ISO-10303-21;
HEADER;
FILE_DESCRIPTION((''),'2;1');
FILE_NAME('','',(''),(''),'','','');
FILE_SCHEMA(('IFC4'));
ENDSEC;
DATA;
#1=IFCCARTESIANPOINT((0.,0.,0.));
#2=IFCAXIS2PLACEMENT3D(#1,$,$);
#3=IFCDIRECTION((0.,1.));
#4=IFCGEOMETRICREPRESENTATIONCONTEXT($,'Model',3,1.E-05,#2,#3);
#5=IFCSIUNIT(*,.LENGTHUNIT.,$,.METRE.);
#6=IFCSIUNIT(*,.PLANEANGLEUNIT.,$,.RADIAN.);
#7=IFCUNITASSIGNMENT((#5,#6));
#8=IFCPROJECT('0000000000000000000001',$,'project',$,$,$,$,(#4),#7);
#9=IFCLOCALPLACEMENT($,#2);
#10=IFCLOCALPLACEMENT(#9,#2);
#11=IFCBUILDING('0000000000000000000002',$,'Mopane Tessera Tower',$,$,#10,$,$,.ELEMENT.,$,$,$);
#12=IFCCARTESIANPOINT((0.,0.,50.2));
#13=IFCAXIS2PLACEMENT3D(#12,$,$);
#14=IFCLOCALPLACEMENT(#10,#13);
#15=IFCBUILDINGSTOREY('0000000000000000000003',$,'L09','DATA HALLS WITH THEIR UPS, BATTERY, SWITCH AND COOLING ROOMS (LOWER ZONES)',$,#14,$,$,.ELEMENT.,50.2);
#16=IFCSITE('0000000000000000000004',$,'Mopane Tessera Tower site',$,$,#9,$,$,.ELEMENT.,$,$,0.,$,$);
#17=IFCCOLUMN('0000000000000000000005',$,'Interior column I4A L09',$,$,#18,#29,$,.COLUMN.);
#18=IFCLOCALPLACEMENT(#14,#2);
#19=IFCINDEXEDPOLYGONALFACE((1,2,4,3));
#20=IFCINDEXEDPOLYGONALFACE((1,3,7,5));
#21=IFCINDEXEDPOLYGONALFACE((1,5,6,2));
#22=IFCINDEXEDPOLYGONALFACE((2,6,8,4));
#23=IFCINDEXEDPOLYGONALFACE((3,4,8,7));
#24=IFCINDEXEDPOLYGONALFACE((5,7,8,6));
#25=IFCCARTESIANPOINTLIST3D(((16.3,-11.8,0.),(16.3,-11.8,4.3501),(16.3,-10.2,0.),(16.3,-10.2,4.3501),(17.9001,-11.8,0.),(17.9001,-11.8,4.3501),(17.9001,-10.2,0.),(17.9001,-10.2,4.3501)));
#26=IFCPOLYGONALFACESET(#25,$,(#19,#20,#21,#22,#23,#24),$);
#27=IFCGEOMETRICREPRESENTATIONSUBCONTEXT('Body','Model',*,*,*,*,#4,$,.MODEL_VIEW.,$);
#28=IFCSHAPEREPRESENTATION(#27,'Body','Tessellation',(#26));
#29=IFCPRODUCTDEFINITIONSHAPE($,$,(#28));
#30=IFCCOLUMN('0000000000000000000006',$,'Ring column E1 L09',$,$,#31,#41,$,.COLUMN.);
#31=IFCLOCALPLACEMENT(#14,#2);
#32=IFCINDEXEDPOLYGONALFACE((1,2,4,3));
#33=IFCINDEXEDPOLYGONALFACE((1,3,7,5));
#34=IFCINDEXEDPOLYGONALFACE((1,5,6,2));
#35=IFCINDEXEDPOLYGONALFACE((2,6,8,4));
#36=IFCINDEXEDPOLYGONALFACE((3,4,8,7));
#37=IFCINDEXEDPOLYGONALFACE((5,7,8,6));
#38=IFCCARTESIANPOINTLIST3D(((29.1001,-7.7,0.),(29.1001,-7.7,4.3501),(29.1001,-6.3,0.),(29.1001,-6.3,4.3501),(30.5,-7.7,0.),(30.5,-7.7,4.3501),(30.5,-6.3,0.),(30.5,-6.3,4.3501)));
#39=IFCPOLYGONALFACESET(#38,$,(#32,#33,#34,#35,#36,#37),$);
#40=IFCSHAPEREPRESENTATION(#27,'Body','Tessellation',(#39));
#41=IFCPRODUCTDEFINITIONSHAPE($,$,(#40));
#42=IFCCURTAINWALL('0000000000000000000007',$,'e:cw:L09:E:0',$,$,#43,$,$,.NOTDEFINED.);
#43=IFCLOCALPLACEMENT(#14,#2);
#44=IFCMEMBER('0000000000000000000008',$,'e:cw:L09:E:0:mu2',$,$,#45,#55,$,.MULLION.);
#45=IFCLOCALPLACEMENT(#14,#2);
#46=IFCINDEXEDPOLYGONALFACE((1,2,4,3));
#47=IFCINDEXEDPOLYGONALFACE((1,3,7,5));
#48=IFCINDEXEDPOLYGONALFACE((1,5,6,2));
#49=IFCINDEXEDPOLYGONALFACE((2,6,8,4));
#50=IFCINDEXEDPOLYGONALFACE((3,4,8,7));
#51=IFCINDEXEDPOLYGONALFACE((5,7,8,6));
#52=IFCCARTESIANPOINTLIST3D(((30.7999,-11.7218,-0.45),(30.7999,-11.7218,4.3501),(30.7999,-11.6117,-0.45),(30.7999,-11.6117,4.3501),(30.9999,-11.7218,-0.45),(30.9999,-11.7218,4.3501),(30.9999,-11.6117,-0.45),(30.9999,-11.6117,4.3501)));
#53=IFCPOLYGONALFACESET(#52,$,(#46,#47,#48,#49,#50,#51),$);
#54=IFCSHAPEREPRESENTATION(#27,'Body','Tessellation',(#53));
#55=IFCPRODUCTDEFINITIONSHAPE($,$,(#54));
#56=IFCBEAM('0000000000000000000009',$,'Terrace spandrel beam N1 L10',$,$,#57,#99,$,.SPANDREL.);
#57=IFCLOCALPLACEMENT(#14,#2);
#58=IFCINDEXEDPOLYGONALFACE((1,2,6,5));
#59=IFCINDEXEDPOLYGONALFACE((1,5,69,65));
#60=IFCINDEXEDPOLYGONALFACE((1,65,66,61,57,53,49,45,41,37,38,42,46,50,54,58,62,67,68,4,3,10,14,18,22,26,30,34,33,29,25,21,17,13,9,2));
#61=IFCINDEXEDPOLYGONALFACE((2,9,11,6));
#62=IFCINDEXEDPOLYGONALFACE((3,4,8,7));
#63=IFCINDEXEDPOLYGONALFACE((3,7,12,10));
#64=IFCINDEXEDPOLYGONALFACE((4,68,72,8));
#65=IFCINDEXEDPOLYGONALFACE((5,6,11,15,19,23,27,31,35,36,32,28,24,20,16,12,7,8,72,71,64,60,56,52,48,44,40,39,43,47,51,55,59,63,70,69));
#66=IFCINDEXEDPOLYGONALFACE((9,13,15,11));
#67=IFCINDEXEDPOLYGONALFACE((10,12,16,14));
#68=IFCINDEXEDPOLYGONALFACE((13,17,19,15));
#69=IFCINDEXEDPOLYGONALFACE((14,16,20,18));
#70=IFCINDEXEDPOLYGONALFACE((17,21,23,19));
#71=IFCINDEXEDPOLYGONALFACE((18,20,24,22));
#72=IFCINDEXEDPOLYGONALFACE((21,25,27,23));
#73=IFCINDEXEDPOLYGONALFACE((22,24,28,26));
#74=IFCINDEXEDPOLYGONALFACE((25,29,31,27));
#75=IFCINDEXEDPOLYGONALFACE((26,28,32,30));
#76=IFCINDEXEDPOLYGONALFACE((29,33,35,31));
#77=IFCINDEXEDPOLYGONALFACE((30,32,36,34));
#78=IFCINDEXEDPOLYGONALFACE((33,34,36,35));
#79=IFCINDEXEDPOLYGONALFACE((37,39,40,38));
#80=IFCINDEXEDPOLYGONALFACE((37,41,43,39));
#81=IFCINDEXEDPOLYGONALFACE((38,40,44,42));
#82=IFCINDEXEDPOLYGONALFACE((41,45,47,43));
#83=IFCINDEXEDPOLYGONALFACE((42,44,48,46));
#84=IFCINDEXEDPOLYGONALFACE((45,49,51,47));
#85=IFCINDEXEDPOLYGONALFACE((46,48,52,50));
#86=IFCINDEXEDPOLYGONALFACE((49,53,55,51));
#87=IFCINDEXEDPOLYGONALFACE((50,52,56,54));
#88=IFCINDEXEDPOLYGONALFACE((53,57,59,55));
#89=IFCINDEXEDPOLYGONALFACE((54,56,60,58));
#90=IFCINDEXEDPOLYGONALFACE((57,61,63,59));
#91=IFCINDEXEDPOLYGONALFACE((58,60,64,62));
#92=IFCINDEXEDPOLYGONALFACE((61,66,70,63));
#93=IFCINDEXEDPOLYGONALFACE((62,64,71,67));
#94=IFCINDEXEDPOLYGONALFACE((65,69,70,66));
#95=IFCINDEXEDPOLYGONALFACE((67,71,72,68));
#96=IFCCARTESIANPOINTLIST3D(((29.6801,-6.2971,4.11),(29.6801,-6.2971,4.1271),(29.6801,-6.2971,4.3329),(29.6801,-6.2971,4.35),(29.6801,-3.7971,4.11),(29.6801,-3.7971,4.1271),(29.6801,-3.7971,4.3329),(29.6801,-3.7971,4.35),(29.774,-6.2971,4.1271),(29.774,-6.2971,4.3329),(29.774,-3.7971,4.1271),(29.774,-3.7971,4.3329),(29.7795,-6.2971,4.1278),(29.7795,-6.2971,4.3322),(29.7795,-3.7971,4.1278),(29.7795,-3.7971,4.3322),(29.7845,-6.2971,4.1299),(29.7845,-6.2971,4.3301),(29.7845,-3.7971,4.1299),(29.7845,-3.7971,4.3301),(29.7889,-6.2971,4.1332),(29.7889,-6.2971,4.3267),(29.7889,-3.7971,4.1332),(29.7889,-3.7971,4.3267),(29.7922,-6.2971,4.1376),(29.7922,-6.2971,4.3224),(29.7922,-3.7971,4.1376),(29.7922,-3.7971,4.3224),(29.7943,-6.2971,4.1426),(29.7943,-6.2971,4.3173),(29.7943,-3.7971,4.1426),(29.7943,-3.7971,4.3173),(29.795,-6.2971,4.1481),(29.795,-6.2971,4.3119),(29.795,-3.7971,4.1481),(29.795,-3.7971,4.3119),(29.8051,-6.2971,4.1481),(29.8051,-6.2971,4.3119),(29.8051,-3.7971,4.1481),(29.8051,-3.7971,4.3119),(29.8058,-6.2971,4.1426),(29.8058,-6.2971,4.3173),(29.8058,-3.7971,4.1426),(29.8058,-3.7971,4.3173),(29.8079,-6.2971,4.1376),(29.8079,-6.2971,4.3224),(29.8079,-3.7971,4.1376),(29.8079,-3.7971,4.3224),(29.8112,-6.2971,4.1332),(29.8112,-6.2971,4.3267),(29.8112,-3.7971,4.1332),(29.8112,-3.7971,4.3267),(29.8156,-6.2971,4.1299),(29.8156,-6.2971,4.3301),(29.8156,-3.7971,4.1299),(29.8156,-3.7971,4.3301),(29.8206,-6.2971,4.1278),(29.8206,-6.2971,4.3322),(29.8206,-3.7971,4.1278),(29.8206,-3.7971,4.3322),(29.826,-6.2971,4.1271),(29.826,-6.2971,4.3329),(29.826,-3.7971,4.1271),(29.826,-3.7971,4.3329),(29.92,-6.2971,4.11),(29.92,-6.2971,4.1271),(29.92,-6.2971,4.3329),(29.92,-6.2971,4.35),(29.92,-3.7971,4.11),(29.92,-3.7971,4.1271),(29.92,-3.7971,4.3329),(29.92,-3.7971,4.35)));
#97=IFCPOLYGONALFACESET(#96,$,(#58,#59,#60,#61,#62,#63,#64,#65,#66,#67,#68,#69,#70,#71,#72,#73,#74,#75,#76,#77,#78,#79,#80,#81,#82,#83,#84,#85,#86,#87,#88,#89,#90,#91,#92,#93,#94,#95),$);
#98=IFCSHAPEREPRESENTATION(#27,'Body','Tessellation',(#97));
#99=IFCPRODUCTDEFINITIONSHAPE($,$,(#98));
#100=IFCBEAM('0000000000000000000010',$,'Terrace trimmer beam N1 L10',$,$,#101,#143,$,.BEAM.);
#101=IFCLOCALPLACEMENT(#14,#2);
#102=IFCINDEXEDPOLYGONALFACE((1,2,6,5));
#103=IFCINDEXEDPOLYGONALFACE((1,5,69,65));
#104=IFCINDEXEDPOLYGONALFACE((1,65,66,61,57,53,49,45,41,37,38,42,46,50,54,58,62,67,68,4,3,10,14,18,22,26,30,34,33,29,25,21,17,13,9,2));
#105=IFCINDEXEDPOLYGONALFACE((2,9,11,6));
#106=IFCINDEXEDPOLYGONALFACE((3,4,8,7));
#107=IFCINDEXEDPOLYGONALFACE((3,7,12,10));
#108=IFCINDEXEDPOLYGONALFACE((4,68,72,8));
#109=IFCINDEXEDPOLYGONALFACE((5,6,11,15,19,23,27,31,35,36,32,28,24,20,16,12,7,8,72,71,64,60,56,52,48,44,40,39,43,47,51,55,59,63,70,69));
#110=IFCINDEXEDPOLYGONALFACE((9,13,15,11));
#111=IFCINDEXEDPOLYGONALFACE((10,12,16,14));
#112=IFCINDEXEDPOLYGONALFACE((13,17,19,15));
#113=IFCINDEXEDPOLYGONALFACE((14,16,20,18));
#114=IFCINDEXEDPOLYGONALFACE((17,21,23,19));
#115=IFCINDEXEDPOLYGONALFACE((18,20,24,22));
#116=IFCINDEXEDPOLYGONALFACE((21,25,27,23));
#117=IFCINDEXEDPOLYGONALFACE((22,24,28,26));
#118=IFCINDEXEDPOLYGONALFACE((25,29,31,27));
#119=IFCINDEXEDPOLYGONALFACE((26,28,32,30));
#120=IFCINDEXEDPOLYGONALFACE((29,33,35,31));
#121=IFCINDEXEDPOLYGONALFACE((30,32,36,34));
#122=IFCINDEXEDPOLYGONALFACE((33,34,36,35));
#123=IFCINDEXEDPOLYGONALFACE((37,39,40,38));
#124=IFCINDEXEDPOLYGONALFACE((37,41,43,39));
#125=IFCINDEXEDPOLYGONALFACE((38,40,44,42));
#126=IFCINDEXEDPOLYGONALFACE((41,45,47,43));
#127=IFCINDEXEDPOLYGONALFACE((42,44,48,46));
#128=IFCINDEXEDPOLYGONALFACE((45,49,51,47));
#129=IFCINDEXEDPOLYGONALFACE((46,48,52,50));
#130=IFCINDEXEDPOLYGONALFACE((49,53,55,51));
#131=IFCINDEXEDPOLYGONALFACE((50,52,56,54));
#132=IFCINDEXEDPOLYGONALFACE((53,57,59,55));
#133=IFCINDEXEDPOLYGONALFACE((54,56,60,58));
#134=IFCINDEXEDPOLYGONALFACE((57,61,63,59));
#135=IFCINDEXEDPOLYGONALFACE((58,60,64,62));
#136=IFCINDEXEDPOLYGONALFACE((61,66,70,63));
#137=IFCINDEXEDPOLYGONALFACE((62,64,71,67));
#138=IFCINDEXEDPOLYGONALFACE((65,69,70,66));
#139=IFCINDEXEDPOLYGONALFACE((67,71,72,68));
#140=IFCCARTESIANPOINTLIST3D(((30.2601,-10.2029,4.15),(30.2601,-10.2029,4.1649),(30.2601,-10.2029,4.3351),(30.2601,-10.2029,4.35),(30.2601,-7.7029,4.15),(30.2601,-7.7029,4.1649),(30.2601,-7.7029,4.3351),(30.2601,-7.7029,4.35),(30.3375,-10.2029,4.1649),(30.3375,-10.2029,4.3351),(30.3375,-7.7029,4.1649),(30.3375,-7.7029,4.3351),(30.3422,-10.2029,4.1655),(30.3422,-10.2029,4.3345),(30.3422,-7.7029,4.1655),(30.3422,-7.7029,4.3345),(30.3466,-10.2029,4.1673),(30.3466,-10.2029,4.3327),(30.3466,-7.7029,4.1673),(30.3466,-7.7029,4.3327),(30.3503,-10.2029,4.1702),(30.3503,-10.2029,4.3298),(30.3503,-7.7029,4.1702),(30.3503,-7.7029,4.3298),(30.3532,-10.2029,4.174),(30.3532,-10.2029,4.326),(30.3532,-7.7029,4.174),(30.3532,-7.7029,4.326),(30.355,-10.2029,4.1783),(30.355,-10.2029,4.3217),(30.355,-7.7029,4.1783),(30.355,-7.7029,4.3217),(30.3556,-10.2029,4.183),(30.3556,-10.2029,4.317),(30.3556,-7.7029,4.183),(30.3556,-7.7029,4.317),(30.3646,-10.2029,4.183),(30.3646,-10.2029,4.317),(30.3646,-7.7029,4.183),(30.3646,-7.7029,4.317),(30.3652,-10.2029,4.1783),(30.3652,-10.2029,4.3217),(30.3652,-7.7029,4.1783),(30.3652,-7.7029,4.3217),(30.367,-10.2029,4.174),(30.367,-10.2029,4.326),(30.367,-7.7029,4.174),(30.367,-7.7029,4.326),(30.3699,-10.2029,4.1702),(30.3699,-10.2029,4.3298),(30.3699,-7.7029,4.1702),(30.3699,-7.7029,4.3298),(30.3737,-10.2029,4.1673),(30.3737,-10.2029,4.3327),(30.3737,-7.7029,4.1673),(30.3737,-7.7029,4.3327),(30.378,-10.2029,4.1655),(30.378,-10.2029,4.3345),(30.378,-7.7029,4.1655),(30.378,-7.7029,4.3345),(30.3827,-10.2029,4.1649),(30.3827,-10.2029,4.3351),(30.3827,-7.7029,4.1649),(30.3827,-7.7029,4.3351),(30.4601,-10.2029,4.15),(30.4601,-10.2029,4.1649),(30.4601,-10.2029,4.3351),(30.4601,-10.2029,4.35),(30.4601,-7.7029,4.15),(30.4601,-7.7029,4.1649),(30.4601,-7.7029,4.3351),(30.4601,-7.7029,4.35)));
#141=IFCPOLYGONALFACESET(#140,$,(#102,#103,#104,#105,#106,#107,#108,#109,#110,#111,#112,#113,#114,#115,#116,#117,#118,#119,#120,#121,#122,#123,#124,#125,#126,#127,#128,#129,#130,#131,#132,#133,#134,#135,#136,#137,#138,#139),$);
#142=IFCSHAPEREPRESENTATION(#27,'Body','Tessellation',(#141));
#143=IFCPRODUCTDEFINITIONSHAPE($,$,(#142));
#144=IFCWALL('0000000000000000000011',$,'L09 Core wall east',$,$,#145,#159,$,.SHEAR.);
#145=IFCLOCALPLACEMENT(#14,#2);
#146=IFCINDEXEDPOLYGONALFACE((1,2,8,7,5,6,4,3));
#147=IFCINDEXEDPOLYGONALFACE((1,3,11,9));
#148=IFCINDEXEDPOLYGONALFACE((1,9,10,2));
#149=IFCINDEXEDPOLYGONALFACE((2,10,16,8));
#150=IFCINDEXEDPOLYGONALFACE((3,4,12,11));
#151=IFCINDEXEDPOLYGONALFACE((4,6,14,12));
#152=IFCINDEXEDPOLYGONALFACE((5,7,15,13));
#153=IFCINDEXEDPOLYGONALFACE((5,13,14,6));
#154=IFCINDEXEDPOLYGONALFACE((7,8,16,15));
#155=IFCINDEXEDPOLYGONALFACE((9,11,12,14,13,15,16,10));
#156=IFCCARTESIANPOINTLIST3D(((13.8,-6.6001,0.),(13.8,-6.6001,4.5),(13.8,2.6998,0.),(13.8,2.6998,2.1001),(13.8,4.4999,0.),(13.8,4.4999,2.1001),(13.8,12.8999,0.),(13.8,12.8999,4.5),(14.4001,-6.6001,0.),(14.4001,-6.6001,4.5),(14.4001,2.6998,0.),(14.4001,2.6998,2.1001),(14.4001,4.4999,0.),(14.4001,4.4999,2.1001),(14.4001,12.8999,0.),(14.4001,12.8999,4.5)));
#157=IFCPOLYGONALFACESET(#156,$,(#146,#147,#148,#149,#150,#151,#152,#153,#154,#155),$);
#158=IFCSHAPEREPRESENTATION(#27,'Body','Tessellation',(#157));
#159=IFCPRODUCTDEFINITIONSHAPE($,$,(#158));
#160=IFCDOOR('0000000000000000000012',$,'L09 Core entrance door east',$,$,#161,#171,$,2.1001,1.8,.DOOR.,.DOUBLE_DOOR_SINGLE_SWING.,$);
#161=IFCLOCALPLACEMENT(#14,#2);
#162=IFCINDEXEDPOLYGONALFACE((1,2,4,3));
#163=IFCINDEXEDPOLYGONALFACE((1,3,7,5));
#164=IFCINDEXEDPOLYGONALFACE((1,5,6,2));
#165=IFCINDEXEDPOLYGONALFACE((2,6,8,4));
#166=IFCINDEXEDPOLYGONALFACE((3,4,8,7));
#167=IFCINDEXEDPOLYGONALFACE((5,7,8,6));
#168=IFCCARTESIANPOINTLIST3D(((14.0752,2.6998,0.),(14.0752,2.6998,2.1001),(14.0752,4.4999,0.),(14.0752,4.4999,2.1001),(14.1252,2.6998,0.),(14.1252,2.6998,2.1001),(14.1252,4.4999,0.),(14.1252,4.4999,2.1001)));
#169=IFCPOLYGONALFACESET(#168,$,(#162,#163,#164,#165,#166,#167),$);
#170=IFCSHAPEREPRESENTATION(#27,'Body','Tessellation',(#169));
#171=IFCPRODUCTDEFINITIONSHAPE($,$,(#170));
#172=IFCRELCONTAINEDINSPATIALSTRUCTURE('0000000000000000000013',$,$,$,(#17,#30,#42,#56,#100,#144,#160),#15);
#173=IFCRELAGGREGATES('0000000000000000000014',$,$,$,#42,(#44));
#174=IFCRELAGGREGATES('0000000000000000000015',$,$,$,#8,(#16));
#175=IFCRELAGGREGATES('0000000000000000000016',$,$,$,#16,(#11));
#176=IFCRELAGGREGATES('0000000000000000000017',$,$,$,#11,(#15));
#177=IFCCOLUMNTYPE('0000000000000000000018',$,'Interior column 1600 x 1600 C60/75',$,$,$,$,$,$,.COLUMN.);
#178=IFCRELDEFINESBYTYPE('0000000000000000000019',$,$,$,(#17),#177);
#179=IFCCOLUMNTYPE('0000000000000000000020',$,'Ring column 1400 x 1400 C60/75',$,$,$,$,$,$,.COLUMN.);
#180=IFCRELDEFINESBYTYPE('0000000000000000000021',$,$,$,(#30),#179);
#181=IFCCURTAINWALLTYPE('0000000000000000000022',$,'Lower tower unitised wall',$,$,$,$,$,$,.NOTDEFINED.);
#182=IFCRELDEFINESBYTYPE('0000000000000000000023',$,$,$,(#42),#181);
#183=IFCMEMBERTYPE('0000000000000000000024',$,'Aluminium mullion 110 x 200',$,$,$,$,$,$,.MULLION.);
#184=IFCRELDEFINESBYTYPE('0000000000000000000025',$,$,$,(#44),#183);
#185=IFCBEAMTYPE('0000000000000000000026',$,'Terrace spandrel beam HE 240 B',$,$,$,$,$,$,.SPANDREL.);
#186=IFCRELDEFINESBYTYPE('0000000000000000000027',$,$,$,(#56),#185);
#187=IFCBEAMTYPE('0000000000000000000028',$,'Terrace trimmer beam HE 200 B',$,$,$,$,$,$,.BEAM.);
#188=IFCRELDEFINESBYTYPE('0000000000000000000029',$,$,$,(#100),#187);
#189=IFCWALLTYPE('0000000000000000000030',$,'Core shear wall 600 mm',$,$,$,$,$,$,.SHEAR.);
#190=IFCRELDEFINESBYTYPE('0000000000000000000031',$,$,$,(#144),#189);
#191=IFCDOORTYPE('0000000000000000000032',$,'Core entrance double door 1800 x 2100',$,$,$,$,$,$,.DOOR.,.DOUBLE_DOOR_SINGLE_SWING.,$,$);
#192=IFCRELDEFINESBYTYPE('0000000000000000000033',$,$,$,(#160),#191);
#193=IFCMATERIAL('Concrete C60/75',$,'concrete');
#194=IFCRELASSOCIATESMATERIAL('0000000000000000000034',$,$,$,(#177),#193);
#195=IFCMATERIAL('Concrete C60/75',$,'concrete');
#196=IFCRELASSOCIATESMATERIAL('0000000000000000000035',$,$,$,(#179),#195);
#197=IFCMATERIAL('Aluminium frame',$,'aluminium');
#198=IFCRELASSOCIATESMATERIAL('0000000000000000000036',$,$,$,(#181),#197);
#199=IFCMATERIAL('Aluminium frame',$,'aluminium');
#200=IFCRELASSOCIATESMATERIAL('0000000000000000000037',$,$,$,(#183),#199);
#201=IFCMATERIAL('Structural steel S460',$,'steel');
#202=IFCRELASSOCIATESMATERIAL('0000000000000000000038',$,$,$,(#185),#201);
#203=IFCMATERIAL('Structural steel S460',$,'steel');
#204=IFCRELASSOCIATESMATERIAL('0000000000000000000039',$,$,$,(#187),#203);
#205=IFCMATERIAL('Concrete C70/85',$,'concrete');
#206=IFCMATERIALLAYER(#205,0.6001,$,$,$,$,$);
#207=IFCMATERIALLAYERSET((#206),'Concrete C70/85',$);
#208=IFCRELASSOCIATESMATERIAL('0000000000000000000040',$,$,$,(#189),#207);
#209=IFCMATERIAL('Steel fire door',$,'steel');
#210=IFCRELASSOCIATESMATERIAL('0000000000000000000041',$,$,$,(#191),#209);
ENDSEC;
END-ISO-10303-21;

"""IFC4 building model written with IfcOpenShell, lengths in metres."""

from ifc_helpers import new_model, si_unit, direction, frame, frame_2d, origin, origin_2d, place, context, subcontext, project, spatial, rectangle, i_section, extrude, material, layer, layer_set, material_profile, profile_set, type_object, element, fill, aggregate, save


model = new_model("IFC4")

# Units and contexts
model_context = context("Model", 3, precision=1e-05, world=origin(), true_north=direction((0.0, 1.0)))
body_context = subcontext(model_context, "Body", "Model", "MODEL_VIEW")
ifc_project = project(units=[si_unit("LENGTHUNIT", "METRE"), si_unit("PLANEANGLEUNIT", "RADIAN")], contexts=[model_context])

# Site, building, storey
site_placement = place(None, origin())
site = spatial("IfcSite", under=ifc_project, at=site_placement, Name="Mopane Tessera Tower site", CompositionType="ELEMENT", RefElevation=0.0)
building_placement = place(site_placement, origin())
building = spatial("IfcBuilding", under=site, at=building_placement, Name="Mopane Tessera Tower", CompositionType="ELEMENT")
storey_placement = place(building_placement, frame((0.0, 0.0, 50.2)))
storey = spatial("IfcBuildingStorey", under=building, at=storey_placement, Name="L09", Description="DATA HALLS WITH THEIR UPS, BATTERY, SWITCH AND COOLING ROOMS (LOWER ZONES)", CompositionType="ELEMENT", Elevation=50.2)

# Columns
ifc_material_1 = material(Name="Concrete C60/75", Category="concrete")
ifc_material_profile_1 = material_profile(ifc_material_1, rectangle(XDim=1.6001, YDim=1.6001, at=origin_2d()))
ifc_profile_set_1 = profile_set([ifc_material_profile_1], Name="Concrete C60/75")
column_type_1 = type_object("IfcColumnType", Name="Interior column 1600 x 1600 C60/75", PredefinedType="COLUMN", material=ifc_profile_set_1)
column_1_placement = place(storey_placement, frame((17.1001, -11.0, 0.0), z_axis=(0.0, 0.0, 1.0), x_axis=(1.0, 0.0, 0.0)))
element("IfcColumn", 1, at=column_1_placement, inside=storey, type_object=column_type_1, Name="Interior column I4A L09", PredefinedType="COLUMN", context=body_context, shape_type="SweptSolid", body=[
    extrude(rectangle(XDim=1.6001, YDim=1.6001, at=origin_2d()), origin(), (0.0, 0.0, 1.0), 4.3501),
])
ifc_material_2 = material(Name="Concrete C60/75", Category="concrete")
ifc_material_profile_2 = material_profile(ifc_material_2, rectangle(XDim=1.3999, YDim=1.3999, at=origin_2d()))
ifc_profile_set_2 = profile_set([ifc_material_profile_2], Name="Concrete C60/75")
column_type_2 = type_object("IfcColumnType", Name="Ring column 1400 x 1400 C60/75", PredefinedType="COLUMN", material=ifc_profile_set_2)
column_2_placement = place(storey_placement, frame((29.8, -7.0, 0.0), z_axis=(0.0, 0.0, 1.0), x_axis=(1.0, 0.0, 0.0)))
element("IfcColumn", 2, at=column_2_placement, inside=storey, type_object=column_type_2, Name="Ring column E1 L09", PredefinedType="COLUMN", context=body_context, shape_type="SweptSolid", body=[
    extrude(rectangle(XDim=1.3999, YDim=1.3999, at=origin_2d()), origin(), (0.0, 0.0, 1.0), 4.3501),
])

# Curtain wall, member
ifc_material_3 = material(Name="Aluminium frame", Category="aluminium")
curtain_wall_type = type_object("IfcCurtainWallType", Name="Lower tower unitised wall", PredefinedType="NOTDEFINED", material=ifc_material_3)
curtain_wall_placement = place(storey_placement, origin())
curtain_wall = element("IfcCurtainWall", 3, at=curtain_wall_placement, inside=storey, type_object=curtain_wall_type, Name="e:cw:L09:E:0", PredefinedType="NOTDEFINED")
ifc_material_4 = material(Name="Aluminium frame", Category="aluminium")
ifc_material_profile_3 = material_profile(ifc_material_4, rectangle(XDim=0.1101, YDim=0.2, at=origin_2d()))
ifc_profile_set_3 = profile_set([ifc_material_profile_3], Name="Aluminium frame")
member_type = type_object("IfcMemberType", Name="Aluminium mullion 110 x 200", PredefinedType="MULLION", material=ifc_profile_set_3)
member_placement = place(storey_placement, frame((30.8999, -11.6667, -0.45), z_axis=(0.0, 0.0, 1.0), x_axis=(0.0, 1.0, 0.0)))
member = element("IfcMember", 4, at=member_placement, type_object=member_type, Name="e:cw:L09:E:0:mu2", PredefinedType="MULLION", context=body_context, shape_type="SweptSolid", body=[
    extrude(rectangle(XDim=0.1101, YDim=0.2, at=origin_2d()), origin(), (0.0, 0.0, 1.0), 4.8),
])
aggregate(curtain_wall, [member])

# Beams
ifc_material_5 = material(Name="Structural steel S460", Category="steel")
ifc_material_profile_4 = material_profile(ifc_material_5, i_section(OverallWidth=0.24, OverallDepth=0.24, WebThickness=0.01, FlangeThickness=0.0171, FilletRadius=0.021, at=origin_2d()))
ifc_profile_set_4 = profile_set([ifc_material_profile_4], Name="Structural steel S460")
beam_type_1 = type_object("IfcBeamType", Name="Terrace spandrel beam HE 240 B", PredefinedType="SPANDREL", material=ifc_profile_set_4)
beam_1_placement = place(storey_placement, frame((29.8, -6.2971, 4.23), z_axis=(0.0, 1.0, 0.0), x_axis=(-1.0, 0.0, 0.0)))
element("IfcBeam", 5, at=beam_1_placement, inside=storey, type_object=beam_type_1, Name="Terrace spandrel beam N1 L10", PredefinedType="SPANDREL", context=body_context, shape_type="SweptSolid", body=[
    extrude(i_section(OverallWidth=0.24, OverallDepth=0.24, WebThickness=0.01, FlangeThickness=0.0171, FilletRadius=0.021, at=origin_2d()), origin(), (0.0, 0.0, 1.0), 2.5),
])
ifc_material_6 = material(Name="Structural steel S460", Category="steel")
ifc_material_profile_5 = material_profile(ifc_material_6, i_section(OverallWidth=0.2, OverallDepth=0.2, WebThickness=0.009, FlangeThickness=0.0149, FilletRadius=0.0181, at=origin_2d()))
ifc_profile_set_5 = profile_set([ifc_material_profile_5], Name="Structural steel S460")
beam_type_2 = type_object("IfcBeamType", Name="Terrace trimmer beam HE 200 B", PredefinedType="BEAM", material=ifc_profile_set_5)
beam_2_placement = place(storey_placement, frame((30.3601, -7.7029, 4.25), z_axis=(0.0, -1.0, 0.0), x_axis=(1.0, 0.0, 0.0)))
element("IfcBeam", 6, at=beam_2_placement, inside=storey, type_object=beam_type_2, Name="Terrace trimmer beam N1 L10", PredefinedType="BEAM", context=body_context, shape_type="SweptSolid", body=[
    extrude(i_section(OverallWidth=0.2, OverallDepth=0.2, WebThickness=0.009, FlangeThickness=0.0149, FilletRadius=0.0181, at=origin_2d()), origin(), (0.0, 0.0, 1.0), 2.5),
])

# Wall, opening, door
ifc_material_7 = material(Name="Concrete C70/85", Category="concrete")
ifc_layer_1 = layer(ifc_material_7, 0.6001)
ifc_layer_set_1 = layer_set([ifc_layer_1], Name="Concrete C70/85")
wall_type_1 = type_object("IfcWallType", Name="Core shear wall 600 mm", PredefinedType="SHEAR", material=ifc_layer_set_1)
wall_1_placement = place(storey_placement, frame((14.1001, -6.6001, 0.0), z_axis=(0.0, 0.0, 1.0), x_axis=(0.0, 1.0, 0.0)))
wall_1 = element("IfcWall", 7, at=wall_1_placement, inside=storey, type_object=wall_type_1, Name="L09 Core wall east", PredefinedType="SHEAR", context=body_context, shape_type="SweptSolid", body=[
    extrude(rectangle(XDim=19.5, YDim=0.6001, at=frame_2d((9.75, 0.0))), origin(), (0.0, 0.0, 1.0), 4.5),
])
opening_1_placement = place(wall_1_placement, frame((9.3, 0.0, 0.0)))
opening_1 = element("IfcOpeningElement", 8, at=opening_1_placement, cuts=wall_1, PredefinedType="OPENING", context=body_context, shape_type="SweptSolid", body=[
    extrude(rectangle(XDim=1.8, YDim=2.1001, at=frame_2d((0.8999, 1.05))), frame((0.0, 0.312, 0.0), z_axis=(0.0, -1.0, 0.0), x_axis=(1.0, 0.0, 0.0)), (0.0, 0.0, 1.0), 0.624),
])
ifc_material_8 = material(Name="Steel fire door", Category="steel")
door_type_1 = type_object("IfcDoorType", Name="Core entrance double door 1800 x 2100", OperationType="DOUBLE_DOOR_SINGLE_SWING", PredefinedType="DOOR", material=ifc_material_8)
door_1_placement = place(opening_1_placement, origin())
door_1 = element("IfcDoor", 9, at=door_1_placement, inside=storey, type_object=door_type_1, Name="L09 Core entrance door east", OperationType="DOUBLE_DOOR_SINGLE_SWING", OverallHeight=2.1001, OverallWidth=1.8, PredefinedType="DOOR", context=body_context, shape_type="SweptSolid", body=[
    extrude(rectangle(XDim=1.8, YDim=2.1001, at=frame_2d((0.8999, 1.05))), frame((0.0, 0.0249, 0.0), z_axis=(0.0, -1.0, 0.0), x_axis=(1.0, 0.0, 0.0)), (0.0, 0.0, 1.0), 0.05),
])
fill(opening_1, door_1)

save(model, "model.ifc")
